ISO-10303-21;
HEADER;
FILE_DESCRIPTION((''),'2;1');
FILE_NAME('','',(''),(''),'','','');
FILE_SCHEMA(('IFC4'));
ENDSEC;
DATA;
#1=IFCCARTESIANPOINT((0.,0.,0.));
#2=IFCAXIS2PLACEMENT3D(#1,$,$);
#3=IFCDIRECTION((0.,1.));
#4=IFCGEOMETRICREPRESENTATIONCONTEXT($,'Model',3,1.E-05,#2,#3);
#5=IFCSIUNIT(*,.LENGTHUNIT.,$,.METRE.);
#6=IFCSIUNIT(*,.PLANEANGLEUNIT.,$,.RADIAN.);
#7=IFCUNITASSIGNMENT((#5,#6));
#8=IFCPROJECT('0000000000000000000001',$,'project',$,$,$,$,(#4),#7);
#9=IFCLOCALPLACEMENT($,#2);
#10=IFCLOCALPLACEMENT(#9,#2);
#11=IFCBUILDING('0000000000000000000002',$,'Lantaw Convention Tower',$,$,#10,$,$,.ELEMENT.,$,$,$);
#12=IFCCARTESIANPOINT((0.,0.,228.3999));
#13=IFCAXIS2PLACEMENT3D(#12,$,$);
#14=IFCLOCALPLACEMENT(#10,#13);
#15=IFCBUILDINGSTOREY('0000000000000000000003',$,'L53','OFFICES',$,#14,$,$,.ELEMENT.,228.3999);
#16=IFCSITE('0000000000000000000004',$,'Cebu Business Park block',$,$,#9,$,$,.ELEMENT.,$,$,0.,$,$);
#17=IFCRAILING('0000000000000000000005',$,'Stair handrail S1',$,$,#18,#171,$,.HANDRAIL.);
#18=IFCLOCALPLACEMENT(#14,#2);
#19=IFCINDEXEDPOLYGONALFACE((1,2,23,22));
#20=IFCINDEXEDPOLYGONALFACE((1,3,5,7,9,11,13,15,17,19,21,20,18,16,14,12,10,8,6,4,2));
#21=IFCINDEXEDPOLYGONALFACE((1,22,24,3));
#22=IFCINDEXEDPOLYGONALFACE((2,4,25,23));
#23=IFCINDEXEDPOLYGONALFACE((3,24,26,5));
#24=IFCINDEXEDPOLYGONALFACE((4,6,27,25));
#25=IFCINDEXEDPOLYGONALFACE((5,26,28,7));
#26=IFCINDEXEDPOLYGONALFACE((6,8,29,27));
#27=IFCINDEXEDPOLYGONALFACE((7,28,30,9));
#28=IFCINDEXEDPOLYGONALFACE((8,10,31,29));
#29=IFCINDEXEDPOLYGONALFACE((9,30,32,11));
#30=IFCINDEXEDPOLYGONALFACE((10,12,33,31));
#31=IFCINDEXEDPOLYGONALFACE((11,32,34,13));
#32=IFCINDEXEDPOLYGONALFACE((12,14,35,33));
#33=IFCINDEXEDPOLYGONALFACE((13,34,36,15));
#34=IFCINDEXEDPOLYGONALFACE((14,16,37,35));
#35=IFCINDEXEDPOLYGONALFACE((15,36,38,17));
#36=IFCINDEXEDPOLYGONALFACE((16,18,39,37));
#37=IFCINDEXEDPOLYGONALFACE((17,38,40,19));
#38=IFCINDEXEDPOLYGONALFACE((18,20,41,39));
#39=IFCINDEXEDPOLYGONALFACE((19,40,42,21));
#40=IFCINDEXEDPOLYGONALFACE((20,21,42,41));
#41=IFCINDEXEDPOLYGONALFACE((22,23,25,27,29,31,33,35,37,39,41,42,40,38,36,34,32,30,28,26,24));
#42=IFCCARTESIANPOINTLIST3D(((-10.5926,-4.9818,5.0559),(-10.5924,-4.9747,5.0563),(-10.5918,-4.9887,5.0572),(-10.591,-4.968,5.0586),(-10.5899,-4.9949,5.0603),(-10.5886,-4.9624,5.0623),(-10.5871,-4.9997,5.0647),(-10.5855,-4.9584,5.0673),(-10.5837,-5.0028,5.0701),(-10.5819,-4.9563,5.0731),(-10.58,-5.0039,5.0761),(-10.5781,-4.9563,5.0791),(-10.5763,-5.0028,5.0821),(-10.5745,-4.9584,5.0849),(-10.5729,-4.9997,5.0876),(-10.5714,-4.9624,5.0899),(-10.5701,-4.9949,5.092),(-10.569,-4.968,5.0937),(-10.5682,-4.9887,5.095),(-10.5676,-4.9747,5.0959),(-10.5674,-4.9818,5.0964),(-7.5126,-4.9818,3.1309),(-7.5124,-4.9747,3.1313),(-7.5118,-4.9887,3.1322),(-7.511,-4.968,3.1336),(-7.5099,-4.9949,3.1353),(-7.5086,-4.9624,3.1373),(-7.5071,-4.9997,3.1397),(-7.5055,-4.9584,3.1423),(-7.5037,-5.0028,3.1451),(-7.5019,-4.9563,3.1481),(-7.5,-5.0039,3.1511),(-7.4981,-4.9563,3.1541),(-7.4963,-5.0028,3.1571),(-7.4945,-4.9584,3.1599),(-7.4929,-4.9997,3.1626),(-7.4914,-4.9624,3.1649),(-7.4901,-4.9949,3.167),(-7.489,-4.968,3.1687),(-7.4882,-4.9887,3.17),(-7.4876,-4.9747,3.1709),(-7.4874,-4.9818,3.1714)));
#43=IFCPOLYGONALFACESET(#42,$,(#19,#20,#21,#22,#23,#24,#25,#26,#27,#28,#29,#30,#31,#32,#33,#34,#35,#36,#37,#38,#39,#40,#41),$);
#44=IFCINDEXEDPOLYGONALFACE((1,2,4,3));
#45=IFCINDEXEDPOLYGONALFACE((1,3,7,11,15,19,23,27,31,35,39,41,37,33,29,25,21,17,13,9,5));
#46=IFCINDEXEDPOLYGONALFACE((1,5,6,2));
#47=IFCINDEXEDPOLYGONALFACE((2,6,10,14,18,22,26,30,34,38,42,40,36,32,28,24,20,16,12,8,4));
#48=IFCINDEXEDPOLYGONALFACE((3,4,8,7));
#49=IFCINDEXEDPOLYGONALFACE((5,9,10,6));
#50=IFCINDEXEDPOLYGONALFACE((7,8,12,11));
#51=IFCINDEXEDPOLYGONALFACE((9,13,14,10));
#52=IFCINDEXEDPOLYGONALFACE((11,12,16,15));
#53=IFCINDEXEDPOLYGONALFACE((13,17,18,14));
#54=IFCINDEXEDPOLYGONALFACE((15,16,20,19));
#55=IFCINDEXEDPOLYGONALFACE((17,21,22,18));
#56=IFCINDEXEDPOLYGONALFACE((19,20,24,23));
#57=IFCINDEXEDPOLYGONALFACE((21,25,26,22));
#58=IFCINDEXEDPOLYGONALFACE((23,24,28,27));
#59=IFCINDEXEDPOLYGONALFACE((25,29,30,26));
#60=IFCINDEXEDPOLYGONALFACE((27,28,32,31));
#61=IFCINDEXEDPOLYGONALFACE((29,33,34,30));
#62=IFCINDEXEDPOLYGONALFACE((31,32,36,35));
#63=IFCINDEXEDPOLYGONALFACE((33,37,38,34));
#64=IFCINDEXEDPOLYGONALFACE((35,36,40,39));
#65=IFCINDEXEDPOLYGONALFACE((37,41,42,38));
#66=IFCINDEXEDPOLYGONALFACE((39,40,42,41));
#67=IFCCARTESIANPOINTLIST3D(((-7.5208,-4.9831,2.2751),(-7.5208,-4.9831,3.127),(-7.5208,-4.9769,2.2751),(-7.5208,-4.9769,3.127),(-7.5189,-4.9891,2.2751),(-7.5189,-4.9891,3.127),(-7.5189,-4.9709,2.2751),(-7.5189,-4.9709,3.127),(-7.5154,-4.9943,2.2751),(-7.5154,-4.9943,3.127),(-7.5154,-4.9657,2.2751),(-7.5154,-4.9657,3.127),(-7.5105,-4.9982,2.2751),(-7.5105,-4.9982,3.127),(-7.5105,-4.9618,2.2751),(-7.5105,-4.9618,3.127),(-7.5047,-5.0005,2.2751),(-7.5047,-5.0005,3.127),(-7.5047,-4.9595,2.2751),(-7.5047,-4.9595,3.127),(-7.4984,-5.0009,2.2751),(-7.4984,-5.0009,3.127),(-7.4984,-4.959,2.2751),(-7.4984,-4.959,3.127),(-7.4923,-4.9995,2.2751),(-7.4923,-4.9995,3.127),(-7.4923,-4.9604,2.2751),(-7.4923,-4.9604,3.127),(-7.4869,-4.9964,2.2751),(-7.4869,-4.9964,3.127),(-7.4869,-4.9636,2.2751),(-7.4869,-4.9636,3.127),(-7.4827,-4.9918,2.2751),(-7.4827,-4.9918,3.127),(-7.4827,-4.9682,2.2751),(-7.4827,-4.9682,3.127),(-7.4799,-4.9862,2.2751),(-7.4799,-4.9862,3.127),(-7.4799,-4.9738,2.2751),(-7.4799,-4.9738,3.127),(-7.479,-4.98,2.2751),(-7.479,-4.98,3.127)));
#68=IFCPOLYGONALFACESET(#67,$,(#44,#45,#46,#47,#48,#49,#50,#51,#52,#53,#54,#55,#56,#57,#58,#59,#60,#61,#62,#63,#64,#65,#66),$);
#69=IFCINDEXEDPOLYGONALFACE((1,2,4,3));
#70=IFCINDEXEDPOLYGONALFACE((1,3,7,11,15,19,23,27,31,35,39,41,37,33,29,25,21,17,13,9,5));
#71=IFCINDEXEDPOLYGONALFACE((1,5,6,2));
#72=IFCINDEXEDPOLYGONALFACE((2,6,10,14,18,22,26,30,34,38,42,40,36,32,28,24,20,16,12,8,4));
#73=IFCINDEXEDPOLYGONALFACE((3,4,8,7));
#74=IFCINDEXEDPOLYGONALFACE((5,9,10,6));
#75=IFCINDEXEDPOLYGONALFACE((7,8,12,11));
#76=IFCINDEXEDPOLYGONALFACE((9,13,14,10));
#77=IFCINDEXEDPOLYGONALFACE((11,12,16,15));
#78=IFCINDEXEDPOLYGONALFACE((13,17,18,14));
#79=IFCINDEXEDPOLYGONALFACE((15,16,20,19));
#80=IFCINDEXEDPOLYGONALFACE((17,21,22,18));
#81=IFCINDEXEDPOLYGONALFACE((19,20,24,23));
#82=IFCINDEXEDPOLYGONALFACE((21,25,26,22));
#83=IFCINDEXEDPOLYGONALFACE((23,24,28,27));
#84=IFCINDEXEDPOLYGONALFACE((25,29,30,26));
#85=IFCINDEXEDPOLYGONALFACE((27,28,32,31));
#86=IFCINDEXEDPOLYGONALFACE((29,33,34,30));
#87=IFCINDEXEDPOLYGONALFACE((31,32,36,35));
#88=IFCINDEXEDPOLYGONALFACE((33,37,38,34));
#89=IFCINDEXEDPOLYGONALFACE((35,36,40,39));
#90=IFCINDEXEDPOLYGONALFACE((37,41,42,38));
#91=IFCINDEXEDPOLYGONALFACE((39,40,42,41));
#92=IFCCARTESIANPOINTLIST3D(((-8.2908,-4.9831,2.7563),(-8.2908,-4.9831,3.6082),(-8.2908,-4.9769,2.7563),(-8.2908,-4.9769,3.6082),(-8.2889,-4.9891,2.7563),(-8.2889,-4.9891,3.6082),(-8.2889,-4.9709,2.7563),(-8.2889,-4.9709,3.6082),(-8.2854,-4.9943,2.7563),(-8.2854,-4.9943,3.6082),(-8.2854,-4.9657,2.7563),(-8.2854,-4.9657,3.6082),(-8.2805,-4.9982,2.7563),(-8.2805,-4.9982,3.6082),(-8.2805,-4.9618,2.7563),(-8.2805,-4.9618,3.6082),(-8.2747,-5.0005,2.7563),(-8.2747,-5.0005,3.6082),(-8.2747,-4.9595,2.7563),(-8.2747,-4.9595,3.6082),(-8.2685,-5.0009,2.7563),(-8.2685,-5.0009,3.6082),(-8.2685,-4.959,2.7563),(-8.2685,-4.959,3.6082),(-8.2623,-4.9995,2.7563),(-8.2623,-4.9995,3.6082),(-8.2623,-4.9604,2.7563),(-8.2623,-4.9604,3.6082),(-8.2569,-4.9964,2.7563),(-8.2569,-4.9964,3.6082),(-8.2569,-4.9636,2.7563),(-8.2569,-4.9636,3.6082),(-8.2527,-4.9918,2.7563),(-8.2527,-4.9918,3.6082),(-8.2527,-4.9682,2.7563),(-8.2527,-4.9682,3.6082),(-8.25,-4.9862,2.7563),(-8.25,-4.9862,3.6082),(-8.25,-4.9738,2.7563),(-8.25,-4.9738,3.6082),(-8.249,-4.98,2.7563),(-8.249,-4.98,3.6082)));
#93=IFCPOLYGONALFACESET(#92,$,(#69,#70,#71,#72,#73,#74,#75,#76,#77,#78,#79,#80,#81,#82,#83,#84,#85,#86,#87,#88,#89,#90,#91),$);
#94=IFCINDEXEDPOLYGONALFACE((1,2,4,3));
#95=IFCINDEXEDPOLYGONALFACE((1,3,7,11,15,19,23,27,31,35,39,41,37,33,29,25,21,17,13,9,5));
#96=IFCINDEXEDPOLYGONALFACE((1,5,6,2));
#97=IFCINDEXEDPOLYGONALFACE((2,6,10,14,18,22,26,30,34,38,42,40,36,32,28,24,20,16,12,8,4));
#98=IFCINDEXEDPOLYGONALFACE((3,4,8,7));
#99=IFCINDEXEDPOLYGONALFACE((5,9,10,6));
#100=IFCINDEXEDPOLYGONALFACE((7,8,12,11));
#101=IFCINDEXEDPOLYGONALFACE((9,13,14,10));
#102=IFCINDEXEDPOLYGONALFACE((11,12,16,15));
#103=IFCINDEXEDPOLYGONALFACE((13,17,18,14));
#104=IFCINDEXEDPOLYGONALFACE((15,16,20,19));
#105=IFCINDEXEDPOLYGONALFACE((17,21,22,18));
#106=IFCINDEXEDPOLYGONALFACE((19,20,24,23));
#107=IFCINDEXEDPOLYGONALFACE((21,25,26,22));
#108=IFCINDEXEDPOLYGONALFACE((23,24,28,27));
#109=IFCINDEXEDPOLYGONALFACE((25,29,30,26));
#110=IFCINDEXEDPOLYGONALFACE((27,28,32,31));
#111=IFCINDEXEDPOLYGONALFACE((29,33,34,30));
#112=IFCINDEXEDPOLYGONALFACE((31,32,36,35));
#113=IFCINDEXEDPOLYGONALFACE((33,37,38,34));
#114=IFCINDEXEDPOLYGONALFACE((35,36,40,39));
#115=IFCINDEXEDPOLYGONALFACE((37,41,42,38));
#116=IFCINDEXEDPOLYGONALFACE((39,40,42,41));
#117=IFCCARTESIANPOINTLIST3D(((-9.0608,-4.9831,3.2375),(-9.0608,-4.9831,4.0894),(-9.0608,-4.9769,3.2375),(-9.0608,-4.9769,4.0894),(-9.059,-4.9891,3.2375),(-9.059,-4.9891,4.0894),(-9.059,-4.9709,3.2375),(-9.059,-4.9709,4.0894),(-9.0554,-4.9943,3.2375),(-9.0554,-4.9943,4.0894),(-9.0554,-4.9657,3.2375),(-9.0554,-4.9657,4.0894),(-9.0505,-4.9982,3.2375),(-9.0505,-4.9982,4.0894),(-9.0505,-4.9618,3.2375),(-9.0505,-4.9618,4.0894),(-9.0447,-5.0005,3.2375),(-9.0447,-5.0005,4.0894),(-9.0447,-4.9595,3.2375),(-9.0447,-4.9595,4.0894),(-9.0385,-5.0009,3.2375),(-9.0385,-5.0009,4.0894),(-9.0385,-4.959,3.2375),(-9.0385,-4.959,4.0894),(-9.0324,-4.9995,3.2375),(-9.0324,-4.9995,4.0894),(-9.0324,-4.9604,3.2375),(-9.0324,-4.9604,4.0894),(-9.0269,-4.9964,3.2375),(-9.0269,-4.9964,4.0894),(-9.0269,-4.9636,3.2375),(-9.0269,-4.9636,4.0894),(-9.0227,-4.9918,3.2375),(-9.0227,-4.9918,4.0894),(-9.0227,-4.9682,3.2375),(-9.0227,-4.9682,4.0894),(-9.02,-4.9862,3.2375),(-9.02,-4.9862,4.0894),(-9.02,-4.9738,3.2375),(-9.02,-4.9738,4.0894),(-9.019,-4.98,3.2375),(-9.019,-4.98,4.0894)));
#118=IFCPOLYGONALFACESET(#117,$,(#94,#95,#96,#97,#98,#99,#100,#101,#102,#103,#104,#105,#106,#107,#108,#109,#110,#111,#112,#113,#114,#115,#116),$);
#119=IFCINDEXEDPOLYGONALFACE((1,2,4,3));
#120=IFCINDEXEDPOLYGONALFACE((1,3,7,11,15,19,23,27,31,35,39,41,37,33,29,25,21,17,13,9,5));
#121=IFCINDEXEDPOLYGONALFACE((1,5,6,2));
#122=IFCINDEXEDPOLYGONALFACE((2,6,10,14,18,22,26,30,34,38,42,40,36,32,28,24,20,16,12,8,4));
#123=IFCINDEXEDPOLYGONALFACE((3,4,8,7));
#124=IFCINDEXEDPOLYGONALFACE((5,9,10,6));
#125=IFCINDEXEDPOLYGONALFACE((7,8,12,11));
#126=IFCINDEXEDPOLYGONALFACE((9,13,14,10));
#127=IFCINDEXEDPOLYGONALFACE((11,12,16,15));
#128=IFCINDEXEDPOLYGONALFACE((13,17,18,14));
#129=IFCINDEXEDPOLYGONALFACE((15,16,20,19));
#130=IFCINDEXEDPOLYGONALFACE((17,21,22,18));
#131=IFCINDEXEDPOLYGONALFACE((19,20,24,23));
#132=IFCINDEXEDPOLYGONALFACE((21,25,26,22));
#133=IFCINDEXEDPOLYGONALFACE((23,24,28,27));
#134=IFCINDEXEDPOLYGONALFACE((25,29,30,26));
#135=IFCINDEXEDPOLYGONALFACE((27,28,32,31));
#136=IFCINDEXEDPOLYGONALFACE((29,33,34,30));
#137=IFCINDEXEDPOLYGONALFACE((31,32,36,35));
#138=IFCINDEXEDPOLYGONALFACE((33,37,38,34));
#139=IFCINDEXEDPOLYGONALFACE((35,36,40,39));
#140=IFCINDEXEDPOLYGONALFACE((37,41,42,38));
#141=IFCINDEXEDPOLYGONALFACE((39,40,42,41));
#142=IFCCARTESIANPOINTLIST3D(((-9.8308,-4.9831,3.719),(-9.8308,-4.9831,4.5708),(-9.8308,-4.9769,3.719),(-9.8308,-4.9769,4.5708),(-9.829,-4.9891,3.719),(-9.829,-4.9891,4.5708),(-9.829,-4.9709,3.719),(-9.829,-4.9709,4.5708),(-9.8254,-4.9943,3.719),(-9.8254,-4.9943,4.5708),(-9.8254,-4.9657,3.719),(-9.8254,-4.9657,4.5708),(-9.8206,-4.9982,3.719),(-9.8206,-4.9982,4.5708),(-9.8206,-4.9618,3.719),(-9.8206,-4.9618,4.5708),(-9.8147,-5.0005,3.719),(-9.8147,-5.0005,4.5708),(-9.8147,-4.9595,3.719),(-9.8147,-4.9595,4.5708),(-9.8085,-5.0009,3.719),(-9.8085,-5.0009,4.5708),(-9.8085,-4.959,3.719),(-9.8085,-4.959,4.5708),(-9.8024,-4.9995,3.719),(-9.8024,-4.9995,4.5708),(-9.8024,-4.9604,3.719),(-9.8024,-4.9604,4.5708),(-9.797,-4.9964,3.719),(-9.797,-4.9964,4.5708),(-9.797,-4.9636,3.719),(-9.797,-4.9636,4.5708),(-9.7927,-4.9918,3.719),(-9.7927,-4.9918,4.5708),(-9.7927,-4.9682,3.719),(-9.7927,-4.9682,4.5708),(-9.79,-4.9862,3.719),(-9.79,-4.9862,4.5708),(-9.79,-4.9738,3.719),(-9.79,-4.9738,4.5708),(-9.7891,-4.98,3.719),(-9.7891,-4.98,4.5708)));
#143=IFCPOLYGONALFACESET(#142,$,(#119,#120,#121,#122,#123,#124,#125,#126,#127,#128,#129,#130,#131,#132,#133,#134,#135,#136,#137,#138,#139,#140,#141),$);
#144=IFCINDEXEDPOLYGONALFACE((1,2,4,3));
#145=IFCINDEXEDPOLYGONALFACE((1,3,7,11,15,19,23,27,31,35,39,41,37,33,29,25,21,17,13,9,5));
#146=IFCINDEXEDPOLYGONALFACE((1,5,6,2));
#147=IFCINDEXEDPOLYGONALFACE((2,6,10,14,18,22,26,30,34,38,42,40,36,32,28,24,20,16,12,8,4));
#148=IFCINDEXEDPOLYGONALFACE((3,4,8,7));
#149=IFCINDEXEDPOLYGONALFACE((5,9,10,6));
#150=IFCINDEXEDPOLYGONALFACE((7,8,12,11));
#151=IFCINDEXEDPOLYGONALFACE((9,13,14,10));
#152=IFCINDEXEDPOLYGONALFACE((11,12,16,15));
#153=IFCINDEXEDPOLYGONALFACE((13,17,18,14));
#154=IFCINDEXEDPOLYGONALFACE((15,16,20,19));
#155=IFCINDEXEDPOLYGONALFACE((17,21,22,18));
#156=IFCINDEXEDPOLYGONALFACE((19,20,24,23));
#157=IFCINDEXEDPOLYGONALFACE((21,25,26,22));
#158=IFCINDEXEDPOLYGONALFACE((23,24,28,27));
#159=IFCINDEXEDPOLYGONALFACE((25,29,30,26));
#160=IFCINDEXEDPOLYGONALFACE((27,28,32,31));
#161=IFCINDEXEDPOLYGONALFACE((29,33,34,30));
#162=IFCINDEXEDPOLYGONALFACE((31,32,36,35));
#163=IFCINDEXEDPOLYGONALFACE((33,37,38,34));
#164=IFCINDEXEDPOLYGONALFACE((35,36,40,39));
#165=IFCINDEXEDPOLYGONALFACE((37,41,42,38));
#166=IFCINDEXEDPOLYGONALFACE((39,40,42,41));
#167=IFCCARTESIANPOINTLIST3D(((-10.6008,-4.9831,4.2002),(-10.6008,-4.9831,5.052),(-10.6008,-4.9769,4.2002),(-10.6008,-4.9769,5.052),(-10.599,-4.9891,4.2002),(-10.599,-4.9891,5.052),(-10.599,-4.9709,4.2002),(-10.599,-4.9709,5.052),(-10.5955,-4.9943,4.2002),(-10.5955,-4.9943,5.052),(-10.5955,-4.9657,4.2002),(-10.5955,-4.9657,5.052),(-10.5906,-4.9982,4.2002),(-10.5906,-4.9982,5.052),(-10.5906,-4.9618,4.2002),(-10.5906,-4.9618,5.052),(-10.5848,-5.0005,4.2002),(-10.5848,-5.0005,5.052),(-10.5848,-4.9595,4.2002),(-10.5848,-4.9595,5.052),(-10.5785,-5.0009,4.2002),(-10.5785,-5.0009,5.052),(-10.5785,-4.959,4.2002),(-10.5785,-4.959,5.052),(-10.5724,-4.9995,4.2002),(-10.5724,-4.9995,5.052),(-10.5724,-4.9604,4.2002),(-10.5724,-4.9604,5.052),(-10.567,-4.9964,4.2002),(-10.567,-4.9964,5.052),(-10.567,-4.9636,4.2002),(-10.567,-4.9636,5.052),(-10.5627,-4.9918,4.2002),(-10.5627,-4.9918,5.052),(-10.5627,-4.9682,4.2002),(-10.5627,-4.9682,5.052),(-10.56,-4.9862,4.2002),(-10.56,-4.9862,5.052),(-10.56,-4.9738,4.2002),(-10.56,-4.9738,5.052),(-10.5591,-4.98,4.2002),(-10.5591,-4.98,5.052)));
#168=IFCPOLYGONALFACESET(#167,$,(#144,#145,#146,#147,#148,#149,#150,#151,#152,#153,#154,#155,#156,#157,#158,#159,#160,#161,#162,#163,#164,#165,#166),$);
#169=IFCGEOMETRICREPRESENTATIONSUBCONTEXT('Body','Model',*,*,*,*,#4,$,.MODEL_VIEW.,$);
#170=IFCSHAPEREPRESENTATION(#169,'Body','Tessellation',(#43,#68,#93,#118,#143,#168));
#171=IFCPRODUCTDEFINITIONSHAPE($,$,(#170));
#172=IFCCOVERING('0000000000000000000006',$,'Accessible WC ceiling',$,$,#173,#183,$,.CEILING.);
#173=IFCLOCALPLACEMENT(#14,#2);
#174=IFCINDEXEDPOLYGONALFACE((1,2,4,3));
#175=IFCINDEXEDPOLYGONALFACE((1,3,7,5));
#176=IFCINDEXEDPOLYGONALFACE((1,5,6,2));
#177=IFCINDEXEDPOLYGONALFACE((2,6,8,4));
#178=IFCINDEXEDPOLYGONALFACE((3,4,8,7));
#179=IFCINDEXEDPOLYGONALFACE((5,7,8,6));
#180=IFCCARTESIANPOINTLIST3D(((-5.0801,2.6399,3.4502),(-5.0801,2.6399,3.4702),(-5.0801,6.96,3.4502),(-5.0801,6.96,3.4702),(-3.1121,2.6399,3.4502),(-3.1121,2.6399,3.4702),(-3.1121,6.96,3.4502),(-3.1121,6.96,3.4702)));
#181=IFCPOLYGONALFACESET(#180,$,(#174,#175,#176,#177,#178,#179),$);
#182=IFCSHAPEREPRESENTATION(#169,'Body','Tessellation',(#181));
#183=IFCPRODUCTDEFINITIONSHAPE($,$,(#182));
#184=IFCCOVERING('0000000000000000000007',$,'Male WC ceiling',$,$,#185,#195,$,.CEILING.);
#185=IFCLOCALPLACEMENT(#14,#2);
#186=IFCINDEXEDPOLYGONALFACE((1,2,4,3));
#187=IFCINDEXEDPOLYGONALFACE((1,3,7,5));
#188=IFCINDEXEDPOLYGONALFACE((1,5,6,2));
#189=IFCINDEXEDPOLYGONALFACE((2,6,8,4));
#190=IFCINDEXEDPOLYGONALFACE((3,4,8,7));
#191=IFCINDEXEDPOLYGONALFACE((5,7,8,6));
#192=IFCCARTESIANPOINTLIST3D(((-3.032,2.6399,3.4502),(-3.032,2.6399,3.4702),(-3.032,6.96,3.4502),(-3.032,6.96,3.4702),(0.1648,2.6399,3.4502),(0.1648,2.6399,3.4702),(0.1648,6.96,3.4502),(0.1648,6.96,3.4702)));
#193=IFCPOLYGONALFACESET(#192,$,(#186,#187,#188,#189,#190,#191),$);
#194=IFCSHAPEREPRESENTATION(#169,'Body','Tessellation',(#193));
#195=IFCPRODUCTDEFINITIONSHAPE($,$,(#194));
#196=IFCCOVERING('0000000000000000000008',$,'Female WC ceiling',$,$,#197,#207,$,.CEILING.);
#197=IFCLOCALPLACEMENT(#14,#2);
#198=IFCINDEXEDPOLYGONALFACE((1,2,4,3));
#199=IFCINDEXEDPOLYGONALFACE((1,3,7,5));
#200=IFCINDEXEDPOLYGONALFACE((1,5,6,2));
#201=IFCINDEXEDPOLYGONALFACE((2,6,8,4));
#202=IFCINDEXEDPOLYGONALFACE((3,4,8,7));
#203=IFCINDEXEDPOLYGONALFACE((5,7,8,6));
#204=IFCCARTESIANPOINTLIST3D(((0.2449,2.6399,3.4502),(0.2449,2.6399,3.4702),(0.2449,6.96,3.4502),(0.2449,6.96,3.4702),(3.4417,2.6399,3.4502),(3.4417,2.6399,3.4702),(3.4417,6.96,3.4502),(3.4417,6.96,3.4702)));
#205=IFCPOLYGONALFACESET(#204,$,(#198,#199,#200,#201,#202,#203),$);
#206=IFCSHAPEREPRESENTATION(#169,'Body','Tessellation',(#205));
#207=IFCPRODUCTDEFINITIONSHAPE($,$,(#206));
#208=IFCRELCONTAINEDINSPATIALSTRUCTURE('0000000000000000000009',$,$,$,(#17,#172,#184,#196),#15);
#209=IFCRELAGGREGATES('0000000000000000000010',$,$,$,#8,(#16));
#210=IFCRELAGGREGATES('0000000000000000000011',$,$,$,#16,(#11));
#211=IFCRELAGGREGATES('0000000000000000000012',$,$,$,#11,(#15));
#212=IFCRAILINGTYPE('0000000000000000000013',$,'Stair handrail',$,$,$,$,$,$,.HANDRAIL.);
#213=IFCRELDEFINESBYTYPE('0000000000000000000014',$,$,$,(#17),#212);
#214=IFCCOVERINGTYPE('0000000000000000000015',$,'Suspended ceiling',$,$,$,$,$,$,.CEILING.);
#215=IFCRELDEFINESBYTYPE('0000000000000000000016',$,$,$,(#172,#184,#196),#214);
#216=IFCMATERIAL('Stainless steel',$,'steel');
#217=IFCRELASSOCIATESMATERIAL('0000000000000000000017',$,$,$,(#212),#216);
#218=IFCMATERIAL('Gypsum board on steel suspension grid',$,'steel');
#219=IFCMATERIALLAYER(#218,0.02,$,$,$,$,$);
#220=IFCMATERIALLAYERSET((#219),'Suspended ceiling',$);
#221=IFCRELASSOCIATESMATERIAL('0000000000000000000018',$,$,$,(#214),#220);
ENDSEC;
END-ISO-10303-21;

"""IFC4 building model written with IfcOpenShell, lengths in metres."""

from ifc_helpers import new_model, si_unit, direction, frame, origin, origin_2d, place, context, subcontext, project, spatial, polyline, circle, outline, extrude, material, layer, layer_set, type_object, element, save


model = new_model("IFC4")

# Units and contexts
model_context = context("Model", 3, precision=1e-05, world=origin(), true_north=direction((0.0, 1.0)))
body_context = subcontext(model_context, "Body", "Model", "MODEL_VIEW")
ifc_project = project(units=[si_unit("LENGTHUNIT", "METRE"), si_unit("PLANEANGLEUNIT", "RADIAN")], contexts=[model_context])

# Site, building, storey
site_placement = place(None, origin())
site = spatial("IfcSite", under=ifc_project, at=site_placement, Name="Cebu Business Park block", CompositionType="ELEMENT", RefElevation=0.0)
building_placement = place(site_placement, origin())
building = spatial("IfcBuilding", under=site, at=building_placement, Name="Lantaw Convention Tower", CompositionType="ELEMENT")
storey_placement = place(building_placement, frame((0.0, 0.0, 228.3999)))
storey = spatial("IfcBuildingStorey", under=building, at=storey_placement, Name="L53", Description="OFFICES", CompositionType="ELEMENT", Elevation=228.3999)

# Shared definitions
ifc_material_1 = material(Name="Stainless steel", Category="steel")

# Railing
railing_type = type_object("IfcRailingType", Name="Stair handrail", PredefinedType="HANDRAIL", material=ifc_material_1)
railing_1_placement = place(storey_placement, frame((-7.5, -4.98, 2.2751)))
element("IfcRailing", 1, at=railing_1_placement, inside=storey, type_object=railing_type, Name="Stair handrail S1", PredefinedType="HANDRAIL", context=body_context, shape_type="SweptSolid", body=[
    extrude(circle(Radius=0.0239, at=origin_2d()), frame((0.0, 0.0, 0.876), z_axis=(-0.847998, 0.0, 0.529999), x_axis=(0.0, -1.0, 0.0)), (0.0, 0.0, 1.0), 3.6321),
    extrude(circle(Radius=0.021, at=origin_2d()), origin(), (0.0, 0.0, 1.0), 0.8518),
    extrude(circle(Radius=0.021, at=origin_2d()), frame((-0.77, 0.0, 0.4812)), (0.0, 0.0, 1.0), 0.8518),
    extrude(circle(Radius=0.021, at=origin_2d()), frame((-1.54, 0.0, 0.9624)), (0.0, 0.0, 1.0), 0.8518),
    extrude(circle(Radius=0.021, at=origin_2d()), frame((-2.3101, 0.0, 1.4438)), (0.0, 0.0, 1.0), 0.8518),
    extrude(circle(Radius=0.021, at=origin_2d()), frame((-3.0801, 0.0, 1.925)), (0.0, 0.0, 1.0), 0.8518),
])

# Coverings
ifc_material_2 = material(Name="Gypsum board on steel suspension grid", Category="steel")
ifc_layer_1 = layer(ifc_material_2, 0.02)
ifc_layer_set_1 = layer_set([ifc_layer_1], Name="Suspended ceiling")
covering_type = type_object("IfcCoveringType", Name="Suspended ceiling", PredefinedType="CEILING", material=ifc_layer_set_1)
covering_1_placement = place(storey_placement, frame((0.0, 0.0, 3.4502)))
element("IfcCovering", 2, at=covering_1_placement, inside=storey, type_object=covering_type, Name="Accessible WC ceiling", PredefinedType="CEILING", context=body_context, shape_type="SweptSolid", body=[
    extrude(outline(polyline([(-5.0801, 2.6399), (-3.1121, 2.6399), (-3.1121, 6.96), (-5.0801, 6.96), (-5.0801, 2.6399)])), origin(), (0.0, 0.0, 1.0), 0.02),
])
covering_2_placement = place(storey_placement, frame((0.0, 0.0, 3.4502)))
element("IfcCovering", 3, at=covering_2_placement, inside=storey, type_object=covering_type, Name="Male WC ceiling", PredefinedType="CEILING", context=body_context, shape_type="SweptSolid", body=[
    extrude(outline(polyline([(-3.032, 2.6399), (0.1648, 2.6399), (0.1648, 6.96), (-3.032, 6.96), (-3.032, 2.6399)])), origin(), (0.0, 0.0, 1.0), 0.02),
])
covering_3_placement = place(storey_placement, frame((0.0, 0.0, 3.4502)))
element("IfcCovering", 4, at=covering_3_placement, inside=storey, type_object=covering_type, Name="Female WC ceiling", PredefinedType="CEILING", context=body_context, shape_type="SweptSolid", body=[
    extrude(outline(polyline([(0.2449, 2.6399), (3.4417, 2.6399), (3.4417, 6.96), (0.2449, 6.96), (0.2449, 2.6399)])), origin(), (0.0, 0.0, 1.0), 0.02),
])

save(model, "model.ifc")
